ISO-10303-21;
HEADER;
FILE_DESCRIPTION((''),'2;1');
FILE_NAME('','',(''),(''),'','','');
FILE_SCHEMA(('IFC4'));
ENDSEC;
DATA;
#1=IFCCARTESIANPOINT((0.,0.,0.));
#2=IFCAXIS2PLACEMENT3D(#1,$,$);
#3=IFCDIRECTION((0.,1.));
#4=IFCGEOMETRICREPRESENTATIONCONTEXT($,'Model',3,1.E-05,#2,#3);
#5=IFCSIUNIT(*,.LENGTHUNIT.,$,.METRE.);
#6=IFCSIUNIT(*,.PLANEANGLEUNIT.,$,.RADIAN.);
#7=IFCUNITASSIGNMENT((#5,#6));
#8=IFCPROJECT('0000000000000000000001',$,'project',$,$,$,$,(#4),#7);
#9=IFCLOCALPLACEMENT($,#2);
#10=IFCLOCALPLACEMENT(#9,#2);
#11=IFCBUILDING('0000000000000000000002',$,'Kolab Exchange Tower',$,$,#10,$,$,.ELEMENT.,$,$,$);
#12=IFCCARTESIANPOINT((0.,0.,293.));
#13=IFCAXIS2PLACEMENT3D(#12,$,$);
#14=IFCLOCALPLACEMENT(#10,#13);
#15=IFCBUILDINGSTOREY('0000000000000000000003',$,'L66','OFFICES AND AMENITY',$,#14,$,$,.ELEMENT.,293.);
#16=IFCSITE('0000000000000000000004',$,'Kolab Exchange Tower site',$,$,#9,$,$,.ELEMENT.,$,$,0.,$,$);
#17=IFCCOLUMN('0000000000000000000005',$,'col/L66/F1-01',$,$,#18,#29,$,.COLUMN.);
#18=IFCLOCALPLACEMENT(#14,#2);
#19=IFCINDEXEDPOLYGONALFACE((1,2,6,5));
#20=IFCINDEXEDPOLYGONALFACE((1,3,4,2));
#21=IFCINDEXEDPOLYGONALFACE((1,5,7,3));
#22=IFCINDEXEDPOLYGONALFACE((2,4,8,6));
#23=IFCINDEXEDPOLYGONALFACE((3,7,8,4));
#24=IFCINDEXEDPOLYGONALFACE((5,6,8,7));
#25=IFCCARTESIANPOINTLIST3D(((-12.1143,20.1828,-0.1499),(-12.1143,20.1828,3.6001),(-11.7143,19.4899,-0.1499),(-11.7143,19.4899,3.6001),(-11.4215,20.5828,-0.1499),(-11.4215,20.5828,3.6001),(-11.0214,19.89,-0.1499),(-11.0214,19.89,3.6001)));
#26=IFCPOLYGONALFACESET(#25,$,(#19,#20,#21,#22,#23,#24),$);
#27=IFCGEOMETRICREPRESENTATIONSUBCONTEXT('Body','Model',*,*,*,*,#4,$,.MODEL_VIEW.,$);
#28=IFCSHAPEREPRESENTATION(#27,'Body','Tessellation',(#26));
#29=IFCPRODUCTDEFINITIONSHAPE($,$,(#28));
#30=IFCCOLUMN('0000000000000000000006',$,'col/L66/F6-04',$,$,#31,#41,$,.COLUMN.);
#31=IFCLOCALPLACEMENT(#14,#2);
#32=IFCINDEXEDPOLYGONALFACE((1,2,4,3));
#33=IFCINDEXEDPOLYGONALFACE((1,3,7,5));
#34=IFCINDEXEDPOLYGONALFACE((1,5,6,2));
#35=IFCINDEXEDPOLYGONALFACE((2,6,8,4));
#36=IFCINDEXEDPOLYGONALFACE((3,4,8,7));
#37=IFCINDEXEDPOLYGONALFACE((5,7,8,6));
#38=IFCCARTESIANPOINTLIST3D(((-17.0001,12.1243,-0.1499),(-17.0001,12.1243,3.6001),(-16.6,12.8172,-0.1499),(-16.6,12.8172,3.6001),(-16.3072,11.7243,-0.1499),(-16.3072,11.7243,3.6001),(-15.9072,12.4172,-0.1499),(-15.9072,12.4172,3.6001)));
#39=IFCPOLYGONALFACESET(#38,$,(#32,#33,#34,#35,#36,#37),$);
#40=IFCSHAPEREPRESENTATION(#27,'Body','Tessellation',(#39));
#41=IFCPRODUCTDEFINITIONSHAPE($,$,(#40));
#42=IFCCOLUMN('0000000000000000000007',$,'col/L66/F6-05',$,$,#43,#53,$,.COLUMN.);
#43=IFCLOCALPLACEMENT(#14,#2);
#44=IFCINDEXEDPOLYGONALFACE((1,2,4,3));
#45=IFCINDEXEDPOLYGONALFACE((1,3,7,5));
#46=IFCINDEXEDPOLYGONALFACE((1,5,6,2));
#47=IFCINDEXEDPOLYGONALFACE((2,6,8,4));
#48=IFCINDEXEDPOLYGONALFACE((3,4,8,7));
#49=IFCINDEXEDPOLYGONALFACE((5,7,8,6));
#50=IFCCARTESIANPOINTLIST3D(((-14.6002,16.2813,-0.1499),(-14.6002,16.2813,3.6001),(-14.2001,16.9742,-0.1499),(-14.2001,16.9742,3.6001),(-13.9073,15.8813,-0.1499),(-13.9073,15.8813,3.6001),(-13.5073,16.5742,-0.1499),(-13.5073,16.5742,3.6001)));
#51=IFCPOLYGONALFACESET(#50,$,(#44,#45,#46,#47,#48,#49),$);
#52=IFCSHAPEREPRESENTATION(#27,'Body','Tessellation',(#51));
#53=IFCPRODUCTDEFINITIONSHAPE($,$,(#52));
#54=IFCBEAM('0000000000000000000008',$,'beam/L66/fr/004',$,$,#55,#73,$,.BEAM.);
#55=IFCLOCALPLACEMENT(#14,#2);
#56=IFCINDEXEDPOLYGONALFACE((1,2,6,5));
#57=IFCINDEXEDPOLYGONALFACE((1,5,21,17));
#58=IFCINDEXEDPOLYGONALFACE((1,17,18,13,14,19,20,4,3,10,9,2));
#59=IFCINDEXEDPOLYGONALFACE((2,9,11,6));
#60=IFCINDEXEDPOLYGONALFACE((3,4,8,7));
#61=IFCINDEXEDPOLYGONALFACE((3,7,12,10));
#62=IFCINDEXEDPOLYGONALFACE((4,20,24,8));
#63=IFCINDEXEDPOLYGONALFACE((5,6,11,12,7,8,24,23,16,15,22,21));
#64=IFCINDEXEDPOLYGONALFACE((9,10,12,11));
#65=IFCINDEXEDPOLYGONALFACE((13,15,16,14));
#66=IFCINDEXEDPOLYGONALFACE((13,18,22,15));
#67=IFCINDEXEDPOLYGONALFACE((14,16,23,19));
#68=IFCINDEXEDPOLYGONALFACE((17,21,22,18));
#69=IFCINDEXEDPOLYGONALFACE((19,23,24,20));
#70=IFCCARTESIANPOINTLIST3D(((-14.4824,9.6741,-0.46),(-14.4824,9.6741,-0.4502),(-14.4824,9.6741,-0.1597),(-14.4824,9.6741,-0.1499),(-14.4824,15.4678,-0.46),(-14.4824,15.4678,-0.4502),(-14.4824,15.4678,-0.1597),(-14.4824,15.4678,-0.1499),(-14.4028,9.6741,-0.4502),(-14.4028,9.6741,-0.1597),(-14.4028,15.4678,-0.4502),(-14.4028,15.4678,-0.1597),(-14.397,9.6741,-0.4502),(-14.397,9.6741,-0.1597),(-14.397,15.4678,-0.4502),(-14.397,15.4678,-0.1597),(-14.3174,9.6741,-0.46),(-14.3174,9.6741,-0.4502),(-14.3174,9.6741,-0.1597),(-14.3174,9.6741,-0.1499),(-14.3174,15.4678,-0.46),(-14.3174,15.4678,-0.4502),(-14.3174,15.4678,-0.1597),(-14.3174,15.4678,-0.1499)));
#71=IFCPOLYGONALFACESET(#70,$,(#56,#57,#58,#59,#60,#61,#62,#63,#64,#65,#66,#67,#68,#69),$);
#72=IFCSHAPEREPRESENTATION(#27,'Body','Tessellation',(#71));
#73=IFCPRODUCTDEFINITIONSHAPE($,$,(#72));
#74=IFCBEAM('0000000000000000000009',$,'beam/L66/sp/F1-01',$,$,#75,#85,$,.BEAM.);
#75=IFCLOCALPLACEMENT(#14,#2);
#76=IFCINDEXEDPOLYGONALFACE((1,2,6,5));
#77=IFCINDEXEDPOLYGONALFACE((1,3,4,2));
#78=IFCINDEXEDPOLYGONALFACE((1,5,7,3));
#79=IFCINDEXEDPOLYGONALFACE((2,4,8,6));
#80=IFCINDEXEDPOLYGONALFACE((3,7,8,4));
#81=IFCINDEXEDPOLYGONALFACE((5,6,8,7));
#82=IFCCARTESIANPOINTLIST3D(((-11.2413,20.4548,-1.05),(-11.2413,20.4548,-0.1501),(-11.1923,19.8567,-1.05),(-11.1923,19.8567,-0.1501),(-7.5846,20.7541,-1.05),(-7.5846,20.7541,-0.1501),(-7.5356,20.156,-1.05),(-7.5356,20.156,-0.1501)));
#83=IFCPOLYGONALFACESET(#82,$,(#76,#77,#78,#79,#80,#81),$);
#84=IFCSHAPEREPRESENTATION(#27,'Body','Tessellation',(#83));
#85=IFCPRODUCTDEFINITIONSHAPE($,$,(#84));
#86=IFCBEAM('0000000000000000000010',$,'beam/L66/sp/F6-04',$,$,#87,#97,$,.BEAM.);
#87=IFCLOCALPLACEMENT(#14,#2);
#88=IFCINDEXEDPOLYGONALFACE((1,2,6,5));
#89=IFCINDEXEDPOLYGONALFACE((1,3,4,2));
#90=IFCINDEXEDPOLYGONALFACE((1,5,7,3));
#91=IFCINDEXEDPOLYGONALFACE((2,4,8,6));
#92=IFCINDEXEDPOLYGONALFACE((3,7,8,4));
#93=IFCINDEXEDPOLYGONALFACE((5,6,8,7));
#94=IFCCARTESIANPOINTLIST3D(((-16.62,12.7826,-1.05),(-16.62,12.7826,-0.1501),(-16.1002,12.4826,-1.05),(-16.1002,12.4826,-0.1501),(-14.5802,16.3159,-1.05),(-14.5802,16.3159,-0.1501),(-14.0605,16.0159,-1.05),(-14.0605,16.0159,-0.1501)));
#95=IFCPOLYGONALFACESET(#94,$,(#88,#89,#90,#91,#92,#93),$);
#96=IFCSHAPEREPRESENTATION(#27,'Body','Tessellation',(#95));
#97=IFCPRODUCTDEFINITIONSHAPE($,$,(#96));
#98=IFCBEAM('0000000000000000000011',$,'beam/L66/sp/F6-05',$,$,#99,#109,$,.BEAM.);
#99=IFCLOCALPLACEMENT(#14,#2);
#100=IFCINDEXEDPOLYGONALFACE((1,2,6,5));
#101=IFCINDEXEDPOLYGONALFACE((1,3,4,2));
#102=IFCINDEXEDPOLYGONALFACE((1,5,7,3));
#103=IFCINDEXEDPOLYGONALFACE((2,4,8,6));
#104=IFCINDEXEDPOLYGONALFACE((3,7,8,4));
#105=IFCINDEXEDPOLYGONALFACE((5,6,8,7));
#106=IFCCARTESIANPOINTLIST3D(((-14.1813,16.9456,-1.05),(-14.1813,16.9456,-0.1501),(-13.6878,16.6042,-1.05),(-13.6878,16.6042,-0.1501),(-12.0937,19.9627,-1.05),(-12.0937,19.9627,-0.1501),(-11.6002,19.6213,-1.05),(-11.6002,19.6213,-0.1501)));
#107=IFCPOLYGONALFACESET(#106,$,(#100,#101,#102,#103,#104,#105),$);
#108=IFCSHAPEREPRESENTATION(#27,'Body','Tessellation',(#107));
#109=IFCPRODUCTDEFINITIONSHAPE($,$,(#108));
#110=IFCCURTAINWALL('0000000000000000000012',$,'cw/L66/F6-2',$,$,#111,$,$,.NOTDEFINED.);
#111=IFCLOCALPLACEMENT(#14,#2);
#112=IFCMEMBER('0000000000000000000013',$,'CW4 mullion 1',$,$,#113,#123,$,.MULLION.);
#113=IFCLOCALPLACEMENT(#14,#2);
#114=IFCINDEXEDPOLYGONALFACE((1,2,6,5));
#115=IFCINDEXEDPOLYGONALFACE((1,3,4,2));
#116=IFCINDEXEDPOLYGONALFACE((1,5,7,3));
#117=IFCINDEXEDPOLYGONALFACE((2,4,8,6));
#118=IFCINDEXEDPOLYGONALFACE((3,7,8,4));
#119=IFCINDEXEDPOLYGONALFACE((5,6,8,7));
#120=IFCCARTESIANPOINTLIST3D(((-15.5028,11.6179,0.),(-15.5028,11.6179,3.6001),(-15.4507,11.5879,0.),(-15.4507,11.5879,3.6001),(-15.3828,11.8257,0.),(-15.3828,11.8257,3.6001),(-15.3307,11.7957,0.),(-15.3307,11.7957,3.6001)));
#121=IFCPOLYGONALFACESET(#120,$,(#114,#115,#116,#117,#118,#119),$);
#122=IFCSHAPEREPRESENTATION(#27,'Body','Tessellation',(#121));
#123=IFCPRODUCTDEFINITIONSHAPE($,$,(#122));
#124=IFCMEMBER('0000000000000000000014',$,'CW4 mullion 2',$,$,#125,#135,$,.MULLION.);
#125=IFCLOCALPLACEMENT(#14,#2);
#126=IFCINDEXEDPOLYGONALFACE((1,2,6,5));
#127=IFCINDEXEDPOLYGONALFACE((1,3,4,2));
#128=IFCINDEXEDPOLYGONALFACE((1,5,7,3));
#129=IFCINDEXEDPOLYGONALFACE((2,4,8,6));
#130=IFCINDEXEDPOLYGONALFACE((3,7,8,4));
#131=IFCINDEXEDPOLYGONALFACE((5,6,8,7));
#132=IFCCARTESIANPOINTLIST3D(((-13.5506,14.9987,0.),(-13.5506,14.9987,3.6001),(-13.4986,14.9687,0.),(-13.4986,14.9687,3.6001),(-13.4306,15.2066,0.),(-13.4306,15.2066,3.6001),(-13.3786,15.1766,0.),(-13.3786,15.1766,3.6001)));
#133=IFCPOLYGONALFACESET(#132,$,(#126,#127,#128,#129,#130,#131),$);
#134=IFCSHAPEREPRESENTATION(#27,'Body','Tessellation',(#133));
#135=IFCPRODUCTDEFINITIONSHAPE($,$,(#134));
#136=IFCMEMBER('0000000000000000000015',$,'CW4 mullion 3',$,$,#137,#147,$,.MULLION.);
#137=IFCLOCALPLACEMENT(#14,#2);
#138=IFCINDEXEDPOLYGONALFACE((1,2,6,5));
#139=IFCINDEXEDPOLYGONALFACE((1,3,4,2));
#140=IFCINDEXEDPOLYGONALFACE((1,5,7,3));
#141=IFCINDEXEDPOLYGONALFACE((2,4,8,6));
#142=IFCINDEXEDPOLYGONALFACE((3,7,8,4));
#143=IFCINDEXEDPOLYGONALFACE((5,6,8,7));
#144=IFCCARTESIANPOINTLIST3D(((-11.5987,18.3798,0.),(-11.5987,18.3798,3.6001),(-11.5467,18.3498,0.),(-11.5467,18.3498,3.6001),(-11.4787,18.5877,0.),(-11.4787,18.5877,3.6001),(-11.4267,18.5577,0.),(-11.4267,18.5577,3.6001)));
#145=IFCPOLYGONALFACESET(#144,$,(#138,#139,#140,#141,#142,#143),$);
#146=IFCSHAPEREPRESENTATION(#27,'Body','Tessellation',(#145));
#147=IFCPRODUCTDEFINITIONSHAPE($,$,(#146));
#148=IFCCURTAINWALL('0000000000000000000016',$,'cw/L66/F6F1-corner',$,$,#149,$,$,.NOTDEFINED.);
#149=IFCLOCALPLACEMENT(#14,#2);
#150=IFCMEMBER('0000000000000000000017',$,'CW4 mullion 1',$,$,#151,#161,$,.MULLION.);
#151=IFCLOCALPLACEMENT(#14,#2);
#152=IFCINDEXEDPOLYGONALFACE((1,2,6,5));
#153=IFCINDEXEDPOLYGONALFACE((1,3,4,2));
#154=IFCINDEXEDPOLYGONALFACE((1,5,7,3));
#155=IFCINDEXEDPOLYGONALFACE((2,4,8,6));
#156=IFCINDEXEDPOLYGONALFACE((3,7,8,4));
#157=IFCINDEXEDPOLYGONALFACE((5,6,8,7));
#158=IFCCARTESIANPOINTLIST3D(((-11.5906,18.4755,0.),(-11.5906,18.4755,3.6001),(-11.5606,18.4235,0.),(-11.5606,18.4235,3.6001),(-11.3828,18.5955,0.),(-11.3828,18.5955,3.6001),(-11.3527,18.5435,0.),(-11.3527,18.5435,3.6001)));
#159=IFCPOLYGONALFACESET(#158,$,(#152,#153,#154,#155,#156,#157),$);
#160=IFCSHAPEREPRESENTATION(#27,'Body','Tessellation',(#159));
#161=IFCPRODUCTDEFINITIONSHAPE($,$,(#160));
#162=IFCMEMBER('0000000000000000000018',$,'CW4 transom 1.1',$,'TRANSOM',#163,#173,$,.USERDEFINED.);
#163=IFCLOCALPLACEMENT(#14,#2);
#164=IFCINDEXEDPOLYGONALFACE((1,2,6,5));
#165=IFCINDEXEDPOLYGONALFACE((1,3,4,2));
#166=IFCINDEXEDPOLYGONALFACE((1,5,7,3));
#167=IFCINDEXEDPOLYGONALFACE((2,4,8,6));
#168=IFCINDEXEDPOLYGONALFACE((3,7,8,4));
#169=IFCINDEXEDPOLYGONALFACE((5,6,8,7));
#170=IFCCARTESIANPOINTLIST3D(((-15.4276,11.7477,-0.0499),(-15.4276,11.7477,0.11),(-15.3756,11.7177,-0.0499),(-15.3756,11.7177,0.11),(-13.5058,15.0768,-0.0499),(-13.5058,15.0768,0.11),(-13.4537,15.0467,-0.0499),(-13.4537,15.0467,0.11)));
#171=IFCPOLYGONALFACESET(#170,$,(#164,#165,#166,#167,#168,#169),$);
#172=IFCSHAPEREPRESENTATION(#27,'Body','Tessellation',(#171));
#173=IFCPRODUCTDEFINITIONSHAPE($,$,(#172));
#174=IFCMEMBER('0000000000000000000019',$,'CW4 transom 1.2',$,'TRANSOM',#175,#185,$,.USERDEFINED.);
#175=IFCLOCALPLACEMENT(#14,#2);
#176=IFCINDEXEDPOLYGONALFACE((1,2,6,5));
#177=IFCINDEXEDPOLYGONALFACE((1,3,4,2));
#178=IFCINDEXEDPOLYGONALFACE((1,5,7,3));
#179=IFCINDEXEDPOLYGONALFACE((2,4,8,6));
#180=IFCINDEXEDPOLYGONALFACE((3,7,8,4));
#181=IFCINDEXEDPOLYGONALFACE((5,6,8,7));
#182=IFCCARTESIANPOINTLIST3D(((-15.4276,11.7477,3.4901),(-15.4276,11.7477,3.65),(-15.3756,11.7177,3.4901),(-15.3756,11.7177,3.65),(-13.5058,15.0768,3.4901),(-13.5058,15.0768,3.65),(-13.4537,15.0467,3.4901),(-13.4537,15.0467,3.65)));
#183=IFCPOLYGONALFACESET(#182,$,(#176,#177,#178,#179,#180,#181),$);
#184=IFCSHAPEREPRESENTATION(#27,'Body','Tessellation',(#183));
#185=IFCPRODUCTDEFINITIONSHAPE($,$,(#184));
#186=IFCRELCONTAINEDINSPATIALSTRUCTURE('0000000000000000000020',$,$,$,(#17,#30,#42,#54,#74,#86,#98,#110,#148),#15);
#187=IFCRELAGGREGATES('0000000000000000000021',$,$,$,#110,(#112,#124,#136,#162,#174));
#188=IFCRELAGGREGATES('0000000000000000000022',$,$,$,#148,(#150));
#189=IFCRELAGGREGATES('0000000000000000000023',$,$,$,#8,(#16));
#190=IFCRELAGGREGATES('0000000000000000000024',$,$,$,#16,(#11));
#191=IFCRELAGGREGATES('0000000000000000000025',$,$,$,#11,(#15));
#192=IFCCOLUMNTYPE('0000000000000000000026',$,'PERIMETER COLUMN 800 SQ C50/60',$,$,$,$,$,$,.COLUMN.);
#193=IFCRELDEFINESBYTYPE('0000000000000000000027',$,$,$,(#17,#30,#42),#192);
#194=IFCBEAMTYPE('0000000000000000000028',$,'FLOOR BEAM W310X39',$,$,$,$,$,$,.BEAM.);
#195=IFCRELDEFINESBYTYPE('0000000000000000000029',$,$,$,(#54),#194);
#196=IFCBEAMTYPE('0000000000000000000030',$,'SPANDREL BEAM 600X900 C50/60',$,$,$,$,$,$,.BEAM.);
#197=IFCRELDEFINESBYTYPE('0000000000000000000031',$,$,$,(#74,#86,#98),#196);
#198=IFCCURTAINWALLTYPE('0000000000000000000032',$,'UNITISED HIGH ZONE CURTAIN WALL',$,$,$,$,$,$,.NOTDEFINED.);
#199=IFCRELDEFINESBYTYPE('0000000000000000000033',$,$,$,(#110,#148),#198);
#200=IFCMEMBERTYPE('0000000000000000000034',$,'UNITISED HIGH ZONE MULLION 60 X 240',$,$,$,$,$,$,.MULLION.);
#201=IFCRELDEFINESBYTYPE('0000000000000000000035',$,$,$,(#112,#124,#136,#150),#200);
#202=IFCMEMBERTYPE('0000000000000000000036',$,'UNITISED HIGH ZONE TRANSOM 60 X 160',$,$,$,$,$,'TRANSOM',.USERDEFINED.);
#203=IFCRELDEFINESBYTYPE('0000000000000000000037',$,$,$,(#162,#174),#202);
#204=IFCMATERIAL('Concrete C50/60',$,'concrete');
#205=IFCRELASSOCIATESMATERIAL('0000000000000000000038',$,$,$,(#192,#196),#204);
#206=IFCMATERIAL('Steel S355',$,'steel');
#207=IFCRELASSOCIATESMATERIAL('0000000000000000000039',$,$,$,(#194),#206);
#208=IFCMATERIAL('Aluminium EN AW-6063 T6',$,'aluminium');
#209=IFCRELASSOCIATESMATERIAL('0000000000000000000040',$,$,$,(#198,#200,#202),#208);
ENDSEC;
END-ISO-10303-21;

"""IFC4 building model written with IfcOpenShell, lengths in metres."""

from ifc_helpers import new_model, si_unit, direction, frame, origin, origin_2d, place, context, subcontext, project, spatial, rectangle, i_section, extrude, material, material_profile, profile_set, type_object, element, aggregate, save


model = new_model("IFC4")

# Units and contexts
model_context = context("Model", 3, precision=1e-05, world=origin(), true_north=direction((0.0, 1.0)))
body_context = subcontext(model_context, "Body", "Model", "MODEL_VIEW")
ifc_project = project(units=[si_unit("LENGTHUNIT", "METRE"), si_unit("PLANEANGLEUNIT", "RADIAN")], contexts=[model_context])

# Site, building, storey
site_placement = place(None, origin())
site = spatial("IfcSite", under=ifc_project, at=site_placement, Name="Kolab Exchange Tower site", CompositionType="ELEMENT", RefElevation=0.0)
building_placement = place(site_placement, origin())
building = spatial("IfcBuilding", under=site, at=building_placement, Name="Kolab Exchange Tower", CompositionType="ELEMENT")
storey_placement = place(building_placement, frame((0.0, 0.0, 293.0)))
storey = spatial("IfcBuildingStorey", under=building, at=storey_placement, Name="L66", Description="OFFICES AND AMENITY", CompositionType="ELEMENT", Elevation=293.0)

# Columns
ifc_material_1 = material(Name="Concrete C50/60", Category="concrete")
ifc_material_profile_1 = material_profile(ifc_material_1, rectangle(XDim=0.8, YDim=0.8, at=origin_2d()), Name="RC800")
ifc_profile_set_1 = profile_set([ifc_material_profile_1], Name="Concrete C50/60")
column_type = type_object("IfcColumnType", Name="PERIMETER COLUMN 800 SQ C50/60", PredefinedType="COLUMN", material=ifc_profile_set_1)
for number, where, z_axis, x_axis, name in (
    (1, (-11.5679, 20.0364, -0.1499), (0.0, 0.0, 1.0), (0.866025, 0.5, 0.0), "col/L66/F1-01"),
    (2, (-16.4536, 12.2708, -0.1499), (0.0, 0.0, 1.0), (0.5, 0.866025, 0.0), "col/L66/F6-04"),
    (3, (-14.0537, 16.4277, -0.1499), (0.0, 0.0, 1.0), (0.5, 0.866025, 0.0), "col/L66/F6-05"),
):
    element("IfcColumn", number, at=place(storey_placement, frame(where, z_axis=z_axis, x_axis=x_axis)), inside=storey, type_object=column_type, Name=name, PredefinedType="COLUMN", context=body_context, shape_type="SweptSolid", body=[
        extrude(rectangle(XDim=0.8, YDim=0.8, at=origin_2d()), origin(), (0.0, 0.0, 1.0), 3.75),
    ])

# Beams
ifc_material_2 = material(Name="Steel S355", Category="steel")
ifc_material_profile_2 = material_profile(ifc_material_2, i_section(OverallWidth=0.165, OverallDepth=0.3101, WebThickness=0.0059, FlangeThickness=0.0098, at=origin_2d()), Name="W310X39")
ifc_profile_set_2 = profile_set([ifc_material_profile_2], Name="Steel S355")
beam_type_1 = type_object("IfcBeamType", Name="FLOOR BEAM W310X39", PredefinedType="BEAM", material=ifc_profile_set_2)
beam_1_placement = place(storey_placement, frame((-14.3999, 9.6741, -0.3049), z_axis=(0.0, 1.0, 0.0), x_axis=(-1.0, 0.0, 0.0)))
element("IfcBeam", 4, at=beam_1_placement, inside=storey, type_object=beam_type_1, Name="beam/L66/fr/004", PredefinedType="BEAM", context=body_context, shape_type="SweptSolid", body=[
    extrude(i_section(OverallWidth=0.165, OverallDepth=0.3101, WebThickness=0.0059, FlangeThickness=0.0098, at=origin_2d()), origin(), (0.0, 0.0, 1.0), 5.7937),
])
ifc_material_profile_3 = material_profile(ifc_material_1, rectangle(XDim=0.6001, YDim=0.8999, at=origin_2d()), Name="RC600X900")
ifc_profile_set_3 = profile_set([ifc_material_profile_3], Name="Concrete C50/60")
beam_type_2 = type_object("IfcBeamType", Name="SPANDREL BEAM 600X900 C50/60", PredefinedType="BEAM", material=ifc_profile_set_3)
beam_2_placement = place(storey_placement, frame((-11.2168, 20.1558, -0.6001), z_axis=(0.996667, 0.081581, 0.0), x_axis=(-0.081581, 0.996667, 0.0)))
element("IfcBeam", 5, at=beam_2_placement, inside=storey, type_object=beam_type_2, Name="beam/L66/sp/F1-01", PredefinedType="BEAM", context=body_context, shape_type="SweptSolid", body=[
    extrude(rectangle(XDim=0.6001, YDim=0.8999, at=origin_2d()), origin(), (0.0, 0.0, 1.0), 3.6689),
])
beam_3_placement = place(storey_placement, frame((-16.3601, 12.6326, -0.6001), z_axis=(0.499956, 0.866051, 0.0), x_axis=(-0.866051, 0.499956, 0.0)))
element("IfcBeam", 6, at=beam_3_placement, inside=storey, type_object=beam_type_2, Name="beam/L66/sp/F6-04", PredefinedType="BEAM", context=body_context, shape_type="SweptSolid", body=[
    extrude(rectangle(XDim=0.6001, YDim=0.8999, at=origin_2d()), origin(), (0.0, 0.0, 1.0), 4.0798),
])
beam_4_placement = place(storey_placement, frame((-13.9346, 16.7749, -0.6001), z_axis=(0.569006, 0.822334, 0.0), x_axis=(-0.822334, 0.569006, 0.0)))
element("IfcBeam", 7, at=beam_4_placement, inside=storey, type_object=beam_type_2, Name="beam/L66/sp/F6-05", PredefinedType="BEAM", context=body_context, shape_type="SweptSolid", body=[
    extrude(rectangle(XDim=0.6001, YDim=0.8999, at=origin_2d()), origin(), (0.0, 0.0, 1.0), 3.6689),
])

# Curtain wall, members
ifc_material_3 = material(Name="Aluminium EN AW-6063 T6", Category="aluminium")
curtain_wall_type = type_object("IfcCurtainWallType", Name="UNITISED HIGH ZONE CURTAIN WALL", PredefinedType="NOTDEFINED", material=ifc_material_3)
curtain_wall_1_placement = place(storey_placement, origin())
curtain_wall_1 = element("IfcCurtainWall", 8, at=curtain_wall_1_placement, inside=storey, type_object=curtain_wall_type, Name="cw/L66/F6-2", PredefinedType="NOTDEFINED")
ifc_material_profile_4 = material_profile(ifc_material_3, rectangle(XDim=0.0601, YDim=0.24, at=origin_2d()), Name="RECT 60X240")
ifc_profile_set_4 = profile_set([ifc_material_profile_4], Name="Aluminium EN AW-6063 T6")
member_type_1 = type_object("IfcMemberType", Name="UNITISED HIGH ZONE MULLION 60 X 240", PredefinedType="MULLION", material=ifc_profile_set_4)
member_1_placement = place(storey_placement, frame((-15.4167, 11.7068, 0.0), z_axis=(0.0, 0.0, 1.0), x_axis=(-0.866025, 0.5, 0.0)))
member_1 = element("IfcMember", 9, at=member_1_placement, type_object=member_type_1, Name="CW4 mullion 1", PredefinedType="MULLION", context=body_context, shape_type="SweptSolid", body=[
    extrude(rectangle(XDim=0.0601, YDim=0.24, at=origin_2d()), origin(), (0.0, 0.0, 1.0), 3.6001),
])
member_2_placement = place(storey_placement, frame((-13.4646, 15.0876, 0.0), z_axis=(0.0, 0.0, 1.0), x_axis=(-0.866025, 0.5, 0.0)))
member_2 = element("IfcMember", 10, at=member_2_placement, type_object=member_type_1, Name="CW4 mullion 2", PredefinedType="MULLION", context=body_context, shape_type="SweptSolid", body=[
    extrude(rectangle(XDim=0.0601, YDim=0.24, at=origin_2d()), origin(), (0.0, 0.0, 1.0), 3.6001),
])
member_3_placement = place(storey_placement, frame((-11.5127, 18.4688, 0.0), z_axis=(0.0, 0.0, 1.0), x_axis=(-0.866025, 0.5, 0.0)))
member_3 = element("IfcMember", 11, at=member_3_placement, type_object=member_type_1, Name="CW4 mullion 3", PredefinedType="MULLION", context=body_context, shape_type="SweptSolid", body=[
    extrude(rectangle(XDim=0.0601, YDim=0.24, at=origin_2d()), origin(), (0.0, 0.0, 1.0), 3.6001),
])

# Curtain wall, member
curtain_wall_2_placement = place(storey_placement, origin())
curtain_wall_2 = element("IfcCurtainWall", 12, at=curtain_wall_2_placement, inside=storey, type_object=curtain_wall_type, Name="cw/L66/F6F1-corner", PredefinedType="NOTDEFINED")
member_4_placement = place(storey_placement, frame((-11.4717, 18.5095, 0.0), z_axis=(0.0, 0.0, 1.0), x_axis=(-0.5, 0.866025, 0.0)))
member_4 = element("IfcMember", 13, at=member_4_placement, type_object=member_type_1, Name="CW4 mullion 1", PredefinedType="MULLION", context=body_context, shape_type="SweptSolid", body=[
    extrude(rectangle(XDim=0.0601, YDim=0.24, at=origin_2d()), origin(), (0.0, 0.0, 1.0), 3.6001),
])

# Members
ifc_material_profile_5 = material_profile(ifc_material_3, rectangle(XDim=0.0601, YDim=0.1599, at=origin_2d()), Name="RECT 60X160")
ifc_profile_set_5 = profile_set([ifc_material_profile_5], Name="Aluminium EN AW-6063 T6")
member_type_2 = type_object("IfcMemberType", Name="UNITISED HIGH ZONE TRANSOM 60 X 160", ElementType="TRANSOM", PredefinedType="USERDEFINED", material=ifc_profile_set_5)
member_5_placement = place(storey_placement, frame((-15.4016, 11.7327, 0.03), z_axis=(0.499964, 0.866046, 0.0), x_axis=(-0.866046, 0.499964, 0.0)))
member_5 = element("IfcMember", 14, at=member_5_placement, type_object=member_type_2, Name="CW4 transom 1.1", ObjectType="TRANSOM", PredefinedType="USERDEFINED", context=body_context, shape_type="SweptSolid", body=[
    extrude(rectangle(XDim=0.0601, YDim=0.1599, at=origin_2d()), origin(), (0.0, 0.0, 1.0), 3.844),
])
member_6_placement = place(storey_placement, frame((-15.4016, 11.7327, 3.5701), z_axis=(0.499964, 0.866046, 0.0), x_axis=(-0.866046, 0.499964, 0.0)))
member_6 = element("IfcMember", 15, at=member_6_placement, type_object=member_type_2, Name="CW4 transom 1.2", ObjectType="TRANSOM", PredefinedType="USERDEFINED", context=body_context, shape_type="SweptSolid", body=[
    extrude(rectangle(XDim=0.0601, YDim=0.1599, at=origin_2d()), origin(), (0.0, 0.0, 1.0), 3.844),
])

aggregate(curtain_wall_1, [member_1, member_2, member_3, member_5, member_6])
aggregate(curtain_wall_2, [member_4])

save(model, "model.ifc")
